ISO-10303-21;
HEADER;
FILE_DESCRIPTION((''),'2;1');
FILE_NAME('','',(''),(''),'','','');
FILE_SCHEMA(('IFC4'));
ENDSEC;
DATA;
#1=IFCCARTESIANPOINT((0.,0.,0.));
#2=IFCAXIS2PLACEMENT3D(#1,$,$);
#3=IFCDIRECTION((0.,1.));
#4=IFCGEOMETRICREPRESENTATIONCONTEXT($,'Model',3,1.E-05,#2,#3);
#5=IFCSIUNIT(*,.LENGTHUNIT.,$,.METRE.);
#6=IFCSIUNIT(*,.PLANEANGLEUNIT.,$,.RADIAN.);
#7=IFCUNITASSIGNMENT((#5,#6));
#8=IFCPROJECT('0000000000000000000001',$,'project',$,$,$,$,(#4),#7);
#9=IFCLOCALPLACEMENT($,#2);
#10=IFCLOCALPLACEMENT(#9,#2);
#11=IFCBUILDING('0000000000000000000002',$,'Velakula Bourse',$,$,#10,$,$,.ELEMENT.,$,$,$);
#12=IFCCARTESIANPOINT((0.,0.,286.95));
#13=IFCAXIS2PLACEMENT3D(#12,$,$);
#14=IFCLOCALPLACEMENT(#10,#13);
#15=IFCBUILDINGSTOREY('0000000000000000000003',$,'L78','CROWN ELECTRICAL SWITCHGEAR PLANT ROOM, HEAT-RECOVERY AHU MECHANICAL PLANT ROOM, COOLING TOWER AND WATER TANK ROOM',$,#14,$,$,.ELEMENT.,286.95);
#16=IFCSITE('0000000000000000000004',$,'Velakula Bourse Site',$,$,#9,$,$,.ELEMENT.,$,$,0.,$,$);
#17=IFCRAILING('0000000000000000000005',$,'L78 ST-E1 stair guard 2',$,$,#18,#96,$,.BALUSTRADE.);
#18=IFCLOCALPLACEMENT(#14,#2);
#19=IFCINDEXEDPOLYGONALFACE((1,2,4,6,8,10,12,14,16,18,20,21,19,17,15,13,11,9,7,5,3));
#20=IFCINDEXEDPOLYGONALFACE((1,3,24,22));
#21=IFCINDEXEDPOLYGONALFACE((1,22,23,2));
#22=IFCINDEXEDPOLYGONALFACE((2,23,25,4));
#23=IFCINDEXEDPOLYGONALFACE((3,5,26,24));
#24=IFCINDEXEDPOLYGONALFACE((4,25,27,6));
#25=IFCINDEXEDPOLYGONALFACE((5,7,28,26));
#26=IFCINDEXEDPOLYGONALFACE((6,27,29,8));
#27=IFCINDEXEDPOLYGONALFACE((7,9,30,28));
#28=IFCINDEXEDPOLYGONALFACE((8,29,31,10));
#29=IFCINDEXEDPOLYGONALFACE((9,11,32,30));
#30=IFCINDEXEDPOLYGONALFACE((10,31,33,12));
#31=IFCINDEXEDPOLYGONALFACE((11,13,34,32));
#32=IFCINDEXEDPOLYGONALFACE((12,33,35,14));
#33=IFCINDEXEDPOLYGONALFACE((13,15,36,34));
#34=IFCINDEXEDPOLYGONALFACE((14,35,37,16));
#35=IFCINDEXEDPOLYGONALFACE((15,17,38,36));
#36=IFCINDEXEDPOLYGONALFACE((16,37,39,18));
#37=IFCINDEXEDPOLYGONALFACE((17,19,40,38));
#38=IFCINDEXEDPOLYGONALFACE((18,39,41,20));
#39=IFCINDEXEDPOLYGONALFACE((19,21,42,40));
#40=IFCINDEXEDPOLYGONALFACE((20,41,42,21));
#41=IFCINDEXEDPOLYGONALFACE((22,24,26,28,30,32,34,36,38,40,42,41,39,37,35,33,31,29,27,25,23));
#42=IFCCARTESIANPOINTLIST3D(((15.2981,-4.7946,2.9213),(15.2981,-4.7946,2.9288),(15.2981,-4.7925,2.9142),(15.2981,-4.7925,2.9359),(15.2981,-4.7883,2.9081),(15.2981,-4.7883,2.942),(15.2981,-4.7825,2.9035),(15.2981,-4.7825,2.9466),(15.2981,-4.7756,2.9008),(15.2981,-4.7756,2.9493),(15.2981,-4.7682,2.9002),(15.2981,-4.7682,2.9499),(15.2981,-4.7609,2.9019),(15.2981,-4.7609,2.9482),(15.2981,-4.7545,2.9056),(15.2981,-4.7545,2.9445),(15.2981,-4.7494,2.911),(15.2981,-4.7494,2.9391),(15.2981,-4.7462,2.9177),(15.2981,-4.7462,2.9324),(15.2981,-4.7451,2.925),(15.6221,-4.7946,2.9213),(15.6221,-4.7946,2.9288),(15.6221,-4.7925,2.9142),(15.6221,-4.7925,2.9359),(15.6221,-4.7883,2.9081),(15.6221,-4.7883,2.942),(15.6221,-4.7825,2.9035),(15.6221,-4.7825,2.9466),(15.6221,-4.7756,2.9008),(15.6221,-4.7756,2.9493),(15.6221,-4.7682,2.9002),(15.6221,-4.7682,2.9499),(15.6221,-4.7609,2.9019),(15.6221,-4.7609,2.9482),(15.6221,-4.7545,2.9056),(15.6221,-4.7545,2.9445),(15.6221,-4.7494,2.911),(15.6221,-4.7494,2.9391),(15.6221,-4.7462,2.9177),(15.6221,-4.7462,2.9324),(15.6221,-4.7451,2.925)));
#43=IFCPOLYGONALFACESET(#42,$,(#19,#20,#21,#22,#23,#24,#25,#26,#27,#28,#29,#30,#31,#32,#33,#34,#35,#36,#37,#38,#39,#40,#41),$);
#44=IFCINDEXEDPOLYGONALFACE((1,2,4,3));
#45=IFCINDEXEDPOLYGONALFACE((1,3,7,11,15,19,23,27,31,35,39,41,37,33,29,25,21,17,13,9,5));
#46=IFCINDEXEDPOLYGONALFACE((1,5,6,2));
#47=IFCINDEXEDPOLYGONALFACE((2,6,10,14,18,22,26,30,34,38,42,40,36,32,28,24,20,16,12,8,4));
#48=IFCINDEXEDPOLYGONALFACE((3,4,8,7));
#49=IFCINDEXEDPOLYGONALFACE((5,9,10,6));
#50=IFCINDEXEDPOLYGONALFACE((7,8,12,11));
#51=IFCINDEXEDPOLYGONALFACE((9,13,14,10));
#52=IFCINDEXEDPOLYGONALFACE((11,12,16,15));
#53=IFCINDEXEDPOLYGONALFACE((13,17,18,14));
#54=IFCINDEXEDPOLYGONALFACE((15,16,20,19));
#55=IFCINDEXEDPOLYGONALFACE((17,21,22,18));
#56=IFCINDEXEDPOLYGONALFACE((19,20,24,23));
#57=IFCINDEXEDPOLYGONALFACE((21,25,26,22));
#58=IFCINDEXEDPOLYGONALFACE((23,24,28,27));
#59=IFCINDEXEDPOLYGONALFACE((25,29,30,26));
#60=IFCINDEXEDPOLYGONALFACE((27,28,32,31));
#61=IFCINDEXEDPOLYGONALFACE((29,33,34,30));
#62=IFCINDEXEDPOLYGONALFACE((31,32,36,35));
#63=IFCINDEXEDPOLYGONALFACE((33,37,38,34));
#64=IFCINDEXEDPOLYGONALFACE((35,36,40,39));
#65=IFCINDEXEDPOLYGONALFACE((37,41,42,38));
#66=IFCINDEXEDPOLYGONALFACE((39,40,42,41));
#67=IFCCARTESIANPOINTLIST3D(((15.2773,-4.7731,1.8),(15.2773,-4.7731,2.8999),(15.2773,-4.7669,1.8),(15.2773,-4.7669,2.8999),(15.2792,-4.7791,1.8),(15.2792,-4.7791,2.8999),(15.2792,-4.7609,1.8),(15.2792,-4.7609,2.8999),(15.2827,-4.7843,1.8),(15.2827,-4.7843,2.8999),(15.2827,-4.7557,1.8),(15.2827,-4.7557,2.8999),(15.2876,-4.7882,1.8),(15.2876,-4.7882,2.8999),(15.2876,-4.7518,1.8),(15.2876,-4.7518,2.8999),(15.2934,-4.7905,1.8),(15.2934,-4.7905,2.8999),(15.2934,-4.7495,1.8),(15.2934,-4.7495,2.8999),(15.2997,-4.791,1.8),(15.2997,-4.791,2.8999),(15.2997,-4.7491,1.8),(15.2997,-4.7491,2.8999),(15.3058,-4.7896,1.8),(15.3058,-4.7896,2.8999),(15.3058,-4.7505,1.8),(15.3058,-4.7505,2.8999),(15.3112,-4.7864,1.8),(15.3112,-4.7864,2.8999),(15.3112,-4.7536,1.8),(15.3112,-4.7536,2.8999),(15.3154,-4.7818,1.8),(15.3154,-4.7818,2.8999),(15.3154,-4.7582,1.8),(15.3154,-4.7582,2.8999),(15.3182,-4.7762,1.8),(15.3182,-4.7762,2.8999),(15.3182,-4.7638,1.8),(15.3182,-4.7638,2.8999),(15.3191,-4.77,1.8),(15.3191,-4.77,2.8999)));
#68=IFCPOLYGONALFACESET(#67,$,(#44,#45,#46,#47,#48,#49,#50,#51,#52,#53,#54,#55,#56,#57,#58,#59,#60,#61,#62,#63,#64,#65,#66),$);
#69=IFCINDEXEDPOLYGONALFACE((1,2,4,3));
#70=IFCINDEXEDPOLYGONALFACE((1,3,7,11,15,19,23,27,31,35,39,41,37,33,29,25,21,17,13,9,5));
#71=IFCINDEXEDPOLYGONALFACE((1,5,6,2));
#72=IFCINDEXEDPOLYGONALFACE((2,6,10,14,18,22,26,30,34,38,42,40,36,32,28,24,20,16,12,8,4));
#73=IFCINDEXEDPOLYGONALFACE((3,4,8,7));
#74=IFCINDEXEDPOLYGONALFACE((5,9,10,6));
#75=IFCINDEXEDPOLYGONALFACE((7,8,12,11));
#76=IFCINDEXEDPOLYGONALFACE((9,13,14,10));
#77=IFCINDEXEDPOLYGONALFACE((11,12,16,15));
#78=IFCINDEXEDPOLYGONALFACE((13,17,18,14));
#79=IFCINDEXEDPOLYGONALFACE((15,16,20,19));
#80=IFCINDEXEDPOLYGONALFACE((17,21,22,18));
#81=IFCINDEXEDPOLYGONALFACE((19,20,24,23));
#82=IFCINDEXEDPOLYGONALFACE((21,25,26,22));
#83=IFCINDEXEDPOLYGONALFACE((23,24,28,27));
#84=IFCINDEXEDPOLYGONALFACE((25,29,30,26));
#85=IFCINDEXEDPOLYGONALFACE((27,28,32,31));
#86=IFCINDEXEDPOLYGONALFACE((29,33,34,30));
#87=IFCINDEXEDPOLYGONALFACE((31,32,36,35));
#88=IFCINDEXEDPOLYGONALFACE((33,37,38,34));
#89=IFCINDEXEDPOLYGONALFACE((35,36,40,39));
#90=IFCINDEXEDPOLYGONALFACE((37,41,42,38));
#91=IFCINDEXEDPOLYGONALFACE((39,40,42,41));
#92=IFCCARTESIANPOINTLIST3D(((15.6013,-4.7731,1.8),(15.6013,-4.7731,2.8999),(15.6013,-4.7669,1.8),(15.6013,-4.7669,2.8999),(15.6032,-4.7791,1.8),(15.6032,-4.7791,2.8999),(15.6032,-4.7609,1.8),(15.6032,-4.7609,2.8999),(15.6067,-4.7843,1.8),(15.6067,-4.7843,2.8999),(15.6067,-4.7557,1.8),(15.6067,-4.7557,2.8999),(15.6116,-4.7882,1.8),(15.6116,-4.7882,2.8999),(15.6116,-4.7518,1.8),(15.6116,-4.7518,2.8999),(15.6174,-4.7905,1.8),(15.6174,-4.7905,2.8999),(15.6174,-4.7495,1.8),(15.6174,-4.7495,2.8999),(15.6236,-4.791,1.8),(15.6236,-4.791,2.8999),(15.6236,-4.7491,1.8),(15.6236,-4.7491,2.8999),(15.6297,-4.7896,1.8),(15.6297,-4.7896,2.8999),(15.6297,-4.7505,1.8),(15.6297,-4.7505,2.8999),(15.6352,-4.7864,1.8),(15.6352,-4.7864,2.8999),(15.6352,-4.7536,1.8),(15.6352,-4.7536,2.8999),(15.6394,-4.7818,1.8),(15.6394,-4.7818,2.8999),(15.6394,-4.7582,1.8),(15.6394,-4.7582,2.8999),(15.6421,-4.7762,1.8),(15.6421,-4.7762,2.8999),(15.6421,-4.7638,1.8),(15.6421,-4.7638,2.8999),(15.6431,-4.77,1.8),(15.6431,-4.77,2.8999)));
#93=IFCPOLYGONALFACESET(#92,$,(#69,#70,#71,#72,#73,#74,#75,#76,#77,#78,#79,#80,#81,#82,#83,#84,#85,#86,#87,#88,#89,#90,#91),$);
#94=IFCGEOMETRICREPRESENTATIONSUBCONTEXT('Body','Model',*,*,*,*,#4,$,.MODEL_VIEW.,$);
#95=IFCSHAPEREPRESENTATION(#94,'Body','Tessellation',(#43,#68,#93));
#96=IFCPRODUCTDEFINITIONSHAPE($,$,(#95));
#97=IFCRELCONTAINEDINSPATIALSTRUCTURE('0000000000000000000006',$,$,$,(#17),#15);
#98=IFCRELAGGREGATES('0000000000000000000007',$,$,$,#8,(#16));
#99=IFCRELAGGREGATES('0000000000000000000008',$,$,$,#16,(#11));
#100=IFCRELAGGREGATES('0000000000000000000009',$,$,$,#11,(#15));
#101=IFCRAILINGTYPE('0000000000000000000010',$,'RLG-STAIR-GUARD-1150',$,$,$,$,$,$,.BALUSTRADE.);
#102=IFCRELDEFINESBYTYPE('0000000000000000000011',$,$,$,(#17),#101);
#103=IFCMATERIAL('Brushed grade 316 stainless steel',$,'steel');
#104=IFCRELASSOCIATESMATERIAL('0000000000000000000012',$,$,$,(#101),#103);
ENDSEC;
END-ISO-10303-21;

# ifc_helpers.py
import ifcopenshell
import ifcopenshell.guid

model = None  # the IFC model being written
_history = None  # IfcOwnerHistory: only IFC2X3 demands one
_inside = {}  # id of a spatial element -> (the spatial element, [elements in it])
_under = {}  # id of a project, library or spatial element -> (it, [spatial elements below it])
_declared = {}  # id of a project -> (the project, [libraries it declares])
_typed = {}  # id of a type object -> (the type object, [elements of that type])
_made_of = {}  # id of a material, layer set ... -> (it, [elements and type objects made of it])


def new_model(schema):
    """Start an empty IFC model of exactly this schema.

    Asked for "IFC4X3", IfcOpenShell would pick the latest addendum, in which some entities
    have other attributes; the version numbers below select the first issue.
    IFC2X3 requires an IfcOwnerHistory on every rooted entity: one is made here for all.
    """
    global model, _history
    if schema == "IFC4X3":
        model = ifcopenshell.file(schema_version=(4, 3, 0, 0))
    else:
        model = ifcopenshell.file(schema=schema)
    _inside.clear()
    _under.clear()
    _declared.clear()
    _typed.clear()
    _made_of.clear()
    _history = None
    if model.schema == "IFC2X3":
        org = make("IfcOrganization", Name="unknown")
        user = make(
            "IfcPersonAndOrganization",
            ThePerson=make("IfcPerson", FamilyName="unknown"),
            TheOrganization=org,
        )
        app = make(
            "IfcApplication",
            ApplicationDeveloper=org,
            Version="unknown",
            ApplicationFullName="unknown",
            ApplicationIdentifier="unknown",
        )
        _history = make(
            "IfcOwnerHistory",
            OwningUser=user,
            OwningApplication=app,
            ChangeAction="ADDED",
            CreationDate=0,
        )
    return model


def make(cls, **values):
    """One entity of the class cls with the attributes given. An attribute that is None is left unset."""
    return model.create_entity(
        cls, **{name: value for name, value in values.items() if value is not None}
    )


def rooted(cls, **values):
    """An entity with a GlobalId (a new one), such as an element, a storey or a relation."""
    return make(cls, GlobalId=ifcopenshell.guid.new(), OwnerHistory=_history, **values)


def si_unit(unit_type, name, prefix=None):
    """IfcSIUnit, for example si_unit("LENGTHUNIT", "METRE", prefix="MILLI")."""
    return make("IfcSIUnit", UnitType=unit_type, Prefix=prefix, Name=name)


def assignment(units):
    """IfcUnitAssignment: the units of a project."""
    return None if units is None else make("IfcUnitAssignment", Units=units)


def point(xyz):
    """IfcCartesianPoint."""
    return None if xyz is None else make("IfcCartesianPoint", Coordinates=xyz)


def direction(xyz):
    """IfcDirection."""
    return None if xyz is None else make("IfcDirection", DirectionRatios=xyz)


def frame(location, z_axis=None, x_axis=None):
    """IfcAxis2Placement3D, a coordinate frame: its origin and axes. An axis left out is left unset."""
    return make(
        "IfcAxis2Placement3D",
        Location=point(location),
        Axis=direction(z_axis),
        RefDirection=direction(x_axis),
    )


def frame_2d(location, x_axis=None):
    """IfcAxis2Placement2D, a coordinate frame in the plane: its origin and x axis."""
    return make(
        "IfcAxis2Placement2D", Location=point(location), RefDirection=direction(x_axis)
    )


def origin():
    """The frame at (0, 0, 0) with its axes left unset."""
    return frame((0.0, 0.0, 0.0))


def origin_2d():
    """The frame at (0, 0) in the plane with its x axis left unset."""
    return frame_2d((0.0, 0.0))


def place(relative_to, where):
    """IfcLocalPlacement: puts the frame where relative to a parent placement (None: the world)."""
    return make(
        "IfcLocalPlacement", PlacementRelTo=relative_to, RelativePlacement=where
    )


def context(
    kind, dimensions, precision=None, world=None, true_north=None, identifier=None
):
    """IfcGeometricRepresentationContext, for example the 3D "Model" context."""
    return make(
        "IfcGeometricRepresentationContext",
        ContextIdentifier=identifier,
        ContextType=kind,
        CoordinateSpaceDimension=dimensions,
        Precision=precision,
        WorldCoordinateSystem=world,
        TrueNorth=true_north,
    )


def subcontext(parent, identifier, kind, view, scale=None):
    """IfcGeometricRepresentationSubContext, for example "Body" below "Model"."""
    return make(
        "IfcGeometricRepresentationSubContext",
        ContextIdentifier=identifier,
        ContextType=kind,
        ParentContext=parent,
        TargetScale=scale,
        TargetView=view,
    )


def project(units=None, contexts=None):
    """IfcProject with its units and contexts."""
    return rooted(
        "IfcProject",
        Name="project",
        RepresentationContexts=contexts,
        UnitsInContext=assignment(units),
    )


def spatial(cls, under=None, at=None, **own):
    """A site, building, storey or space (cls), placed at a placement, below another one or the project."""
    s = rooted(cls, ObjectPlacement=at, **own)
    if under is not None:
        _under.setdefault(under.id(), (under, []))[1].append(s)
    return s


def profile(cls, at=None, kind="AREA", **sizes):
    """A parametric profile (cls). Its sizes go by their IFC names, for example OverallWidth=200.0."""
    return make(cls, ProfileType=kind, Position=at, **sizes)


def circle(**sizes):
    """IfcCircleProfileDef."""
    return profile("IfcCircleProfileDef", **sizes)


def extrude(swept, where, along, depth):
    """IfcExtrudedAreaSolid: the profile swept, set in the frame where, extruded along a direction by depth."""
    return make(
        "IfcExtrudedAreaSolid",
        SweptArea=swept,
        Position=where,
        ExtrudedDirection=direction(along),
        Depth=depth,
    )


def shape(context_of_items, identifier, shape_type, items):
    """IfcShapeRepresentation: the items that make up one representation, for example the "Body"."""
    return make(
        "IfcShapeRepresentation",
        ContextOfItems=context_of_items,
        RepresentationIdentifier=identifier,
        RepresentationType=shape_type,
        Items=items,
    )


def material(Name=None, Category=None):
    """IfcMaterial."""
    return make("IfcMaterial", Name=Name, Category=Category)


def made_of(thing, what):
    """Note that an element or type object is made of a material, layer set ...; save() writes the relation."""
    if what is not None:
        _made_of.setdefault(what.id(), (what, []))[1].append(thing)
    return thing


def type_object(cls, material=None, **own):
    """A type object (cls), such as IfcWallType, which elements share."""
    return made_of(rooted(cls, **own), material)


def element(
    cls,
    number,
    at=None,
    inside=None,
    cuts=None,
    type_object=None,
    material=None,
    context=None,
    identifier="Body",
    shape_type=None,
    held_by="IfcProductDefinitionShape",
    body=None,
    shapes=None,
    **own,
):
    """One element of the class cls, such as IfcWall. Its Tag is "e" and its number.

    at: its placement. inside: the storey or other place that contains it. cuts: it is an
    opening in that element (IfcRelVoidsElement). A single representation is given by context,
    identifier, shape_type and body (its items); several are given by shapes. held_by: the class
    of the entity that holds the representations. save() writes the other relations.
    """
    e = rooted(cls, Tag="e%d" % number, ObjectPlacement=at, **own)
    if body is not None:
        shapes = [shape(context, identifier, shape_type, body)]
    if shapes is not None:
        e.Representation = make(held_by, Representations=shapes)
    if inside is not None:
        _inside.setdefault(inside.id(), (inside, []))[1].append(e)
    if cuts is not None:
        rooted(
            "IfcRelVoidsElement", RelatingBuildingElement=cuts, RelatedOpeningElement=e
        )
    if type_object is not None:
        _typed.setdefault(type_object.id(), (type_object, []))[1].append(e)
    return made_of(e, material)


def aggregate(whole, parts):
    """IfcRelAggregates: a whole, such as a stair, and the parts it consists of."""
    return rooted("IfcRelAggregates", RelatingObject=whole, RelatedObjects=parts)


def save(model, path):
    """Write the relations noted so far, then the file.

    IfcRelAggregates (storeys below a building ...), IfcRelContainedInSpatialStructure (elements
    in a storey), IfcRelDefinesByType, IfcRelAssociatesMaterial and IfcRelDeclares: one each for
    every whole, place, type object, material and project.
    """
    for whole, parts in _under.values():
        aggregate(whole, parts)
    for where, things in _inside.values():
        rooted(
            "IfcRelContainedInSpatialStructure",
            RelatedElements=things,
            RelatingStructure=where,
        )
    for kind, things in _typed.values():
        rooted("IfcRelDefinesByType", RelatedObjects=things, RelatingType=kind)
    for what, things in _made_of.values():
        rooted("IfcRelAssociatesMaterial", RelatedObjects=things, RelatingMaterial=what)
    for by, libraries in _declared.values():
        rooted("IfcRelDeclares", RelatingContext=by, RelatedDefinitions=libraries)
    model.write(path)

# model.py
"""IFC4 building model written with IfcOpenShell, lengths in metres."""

from ifc_helpers import new_model, si_unit, direction, frame, origin, origin_2d, place, context, subcontext, project, spatial, circle, extrude, material, type_object, element, save


model = new_model("IFC4")

# Units and contexts
model_context = context("Model", 3, precision=1e-05, world=origin(), true_north=direction((0.0, 1.0)))
body_context = subcontext(model_context, "Body", "Model", "MODEL_VIEW")
ifc_project = project(units=[si_unit("LENGTHUNIT", "METRE"), si_unit("PLANEANGLEUNIT", "RADIAN")], contexts=[model_context])

# Site, building, storey
site_placement = place(None, origin())
site = spatial("IfcSite", under=ifc_project, at=site_placement, Name="Velakula Bourse Site", CompositionType="ELEMENT", RefElevation=0.0)
building_placement = place(site_placement, origin())
building = spatial("IfcBuilding", under=site, at=building_placement, Name="Velakula Bourse", CompositionType="ELEMENT")
storey_placement = place(building_placement, frame((0.0, 0.0, 286.95)))
storey = spatial("IfcBuildingStorey", under=building, at=storey_placement, Name="L78", Description="CROWN ELECTRICAL SWITCHGEAR PLANT ROOM, HEAT-RECOVERY AHU MECHANICAL PLANT ROOM, COOLING TOWER AND WATER TANK ROOM", CompositionType="ELEMENT", Elevation=286.95)

# Shared definitions
ifc_material_1 = material(Name="Brushed grade 316 stainless steel", Category="steel")

# Railing
railing_type_1 = type_object("IfcRailingType", Name="RLG-STAIR-GUARD-1150", PredefinedType="BALUSTRADE", material=ifc_material_1)
railing_1_placement = place(storey_placement, frame((15.2981, -4.77, 1.8)))
element("IfcRailing", 1, at=railing_1_placement, inside=storey, type_object=railing_type_1, Name="L78 ST-E1 stair guard 2", PredefinedType="BALUSTRADE", context=body_context, shape_type="SweptSolid", body=[
    extrude(circle(Radius=0.0249, at=origin_2d()), frame((0.0, 0.0, 1.125), z_axis=(1.0, 0.0, 0.0), x_axis=(0.0, 1.0, 0.0)), (0.0, 0.0, 1.0), 0.324),
    extrude(circle(Radius=0.021, at=origin_2d()), origin(), (0.0, 0.0, 1.0), 1.0999),
    extrude(circle(Radius=0.021, at=origin_2d()), frame((0.324, 0.0, 0.0)), (0.0, 0.0, 1.0), 1.0999),
])

save(model, "model.ifc")
